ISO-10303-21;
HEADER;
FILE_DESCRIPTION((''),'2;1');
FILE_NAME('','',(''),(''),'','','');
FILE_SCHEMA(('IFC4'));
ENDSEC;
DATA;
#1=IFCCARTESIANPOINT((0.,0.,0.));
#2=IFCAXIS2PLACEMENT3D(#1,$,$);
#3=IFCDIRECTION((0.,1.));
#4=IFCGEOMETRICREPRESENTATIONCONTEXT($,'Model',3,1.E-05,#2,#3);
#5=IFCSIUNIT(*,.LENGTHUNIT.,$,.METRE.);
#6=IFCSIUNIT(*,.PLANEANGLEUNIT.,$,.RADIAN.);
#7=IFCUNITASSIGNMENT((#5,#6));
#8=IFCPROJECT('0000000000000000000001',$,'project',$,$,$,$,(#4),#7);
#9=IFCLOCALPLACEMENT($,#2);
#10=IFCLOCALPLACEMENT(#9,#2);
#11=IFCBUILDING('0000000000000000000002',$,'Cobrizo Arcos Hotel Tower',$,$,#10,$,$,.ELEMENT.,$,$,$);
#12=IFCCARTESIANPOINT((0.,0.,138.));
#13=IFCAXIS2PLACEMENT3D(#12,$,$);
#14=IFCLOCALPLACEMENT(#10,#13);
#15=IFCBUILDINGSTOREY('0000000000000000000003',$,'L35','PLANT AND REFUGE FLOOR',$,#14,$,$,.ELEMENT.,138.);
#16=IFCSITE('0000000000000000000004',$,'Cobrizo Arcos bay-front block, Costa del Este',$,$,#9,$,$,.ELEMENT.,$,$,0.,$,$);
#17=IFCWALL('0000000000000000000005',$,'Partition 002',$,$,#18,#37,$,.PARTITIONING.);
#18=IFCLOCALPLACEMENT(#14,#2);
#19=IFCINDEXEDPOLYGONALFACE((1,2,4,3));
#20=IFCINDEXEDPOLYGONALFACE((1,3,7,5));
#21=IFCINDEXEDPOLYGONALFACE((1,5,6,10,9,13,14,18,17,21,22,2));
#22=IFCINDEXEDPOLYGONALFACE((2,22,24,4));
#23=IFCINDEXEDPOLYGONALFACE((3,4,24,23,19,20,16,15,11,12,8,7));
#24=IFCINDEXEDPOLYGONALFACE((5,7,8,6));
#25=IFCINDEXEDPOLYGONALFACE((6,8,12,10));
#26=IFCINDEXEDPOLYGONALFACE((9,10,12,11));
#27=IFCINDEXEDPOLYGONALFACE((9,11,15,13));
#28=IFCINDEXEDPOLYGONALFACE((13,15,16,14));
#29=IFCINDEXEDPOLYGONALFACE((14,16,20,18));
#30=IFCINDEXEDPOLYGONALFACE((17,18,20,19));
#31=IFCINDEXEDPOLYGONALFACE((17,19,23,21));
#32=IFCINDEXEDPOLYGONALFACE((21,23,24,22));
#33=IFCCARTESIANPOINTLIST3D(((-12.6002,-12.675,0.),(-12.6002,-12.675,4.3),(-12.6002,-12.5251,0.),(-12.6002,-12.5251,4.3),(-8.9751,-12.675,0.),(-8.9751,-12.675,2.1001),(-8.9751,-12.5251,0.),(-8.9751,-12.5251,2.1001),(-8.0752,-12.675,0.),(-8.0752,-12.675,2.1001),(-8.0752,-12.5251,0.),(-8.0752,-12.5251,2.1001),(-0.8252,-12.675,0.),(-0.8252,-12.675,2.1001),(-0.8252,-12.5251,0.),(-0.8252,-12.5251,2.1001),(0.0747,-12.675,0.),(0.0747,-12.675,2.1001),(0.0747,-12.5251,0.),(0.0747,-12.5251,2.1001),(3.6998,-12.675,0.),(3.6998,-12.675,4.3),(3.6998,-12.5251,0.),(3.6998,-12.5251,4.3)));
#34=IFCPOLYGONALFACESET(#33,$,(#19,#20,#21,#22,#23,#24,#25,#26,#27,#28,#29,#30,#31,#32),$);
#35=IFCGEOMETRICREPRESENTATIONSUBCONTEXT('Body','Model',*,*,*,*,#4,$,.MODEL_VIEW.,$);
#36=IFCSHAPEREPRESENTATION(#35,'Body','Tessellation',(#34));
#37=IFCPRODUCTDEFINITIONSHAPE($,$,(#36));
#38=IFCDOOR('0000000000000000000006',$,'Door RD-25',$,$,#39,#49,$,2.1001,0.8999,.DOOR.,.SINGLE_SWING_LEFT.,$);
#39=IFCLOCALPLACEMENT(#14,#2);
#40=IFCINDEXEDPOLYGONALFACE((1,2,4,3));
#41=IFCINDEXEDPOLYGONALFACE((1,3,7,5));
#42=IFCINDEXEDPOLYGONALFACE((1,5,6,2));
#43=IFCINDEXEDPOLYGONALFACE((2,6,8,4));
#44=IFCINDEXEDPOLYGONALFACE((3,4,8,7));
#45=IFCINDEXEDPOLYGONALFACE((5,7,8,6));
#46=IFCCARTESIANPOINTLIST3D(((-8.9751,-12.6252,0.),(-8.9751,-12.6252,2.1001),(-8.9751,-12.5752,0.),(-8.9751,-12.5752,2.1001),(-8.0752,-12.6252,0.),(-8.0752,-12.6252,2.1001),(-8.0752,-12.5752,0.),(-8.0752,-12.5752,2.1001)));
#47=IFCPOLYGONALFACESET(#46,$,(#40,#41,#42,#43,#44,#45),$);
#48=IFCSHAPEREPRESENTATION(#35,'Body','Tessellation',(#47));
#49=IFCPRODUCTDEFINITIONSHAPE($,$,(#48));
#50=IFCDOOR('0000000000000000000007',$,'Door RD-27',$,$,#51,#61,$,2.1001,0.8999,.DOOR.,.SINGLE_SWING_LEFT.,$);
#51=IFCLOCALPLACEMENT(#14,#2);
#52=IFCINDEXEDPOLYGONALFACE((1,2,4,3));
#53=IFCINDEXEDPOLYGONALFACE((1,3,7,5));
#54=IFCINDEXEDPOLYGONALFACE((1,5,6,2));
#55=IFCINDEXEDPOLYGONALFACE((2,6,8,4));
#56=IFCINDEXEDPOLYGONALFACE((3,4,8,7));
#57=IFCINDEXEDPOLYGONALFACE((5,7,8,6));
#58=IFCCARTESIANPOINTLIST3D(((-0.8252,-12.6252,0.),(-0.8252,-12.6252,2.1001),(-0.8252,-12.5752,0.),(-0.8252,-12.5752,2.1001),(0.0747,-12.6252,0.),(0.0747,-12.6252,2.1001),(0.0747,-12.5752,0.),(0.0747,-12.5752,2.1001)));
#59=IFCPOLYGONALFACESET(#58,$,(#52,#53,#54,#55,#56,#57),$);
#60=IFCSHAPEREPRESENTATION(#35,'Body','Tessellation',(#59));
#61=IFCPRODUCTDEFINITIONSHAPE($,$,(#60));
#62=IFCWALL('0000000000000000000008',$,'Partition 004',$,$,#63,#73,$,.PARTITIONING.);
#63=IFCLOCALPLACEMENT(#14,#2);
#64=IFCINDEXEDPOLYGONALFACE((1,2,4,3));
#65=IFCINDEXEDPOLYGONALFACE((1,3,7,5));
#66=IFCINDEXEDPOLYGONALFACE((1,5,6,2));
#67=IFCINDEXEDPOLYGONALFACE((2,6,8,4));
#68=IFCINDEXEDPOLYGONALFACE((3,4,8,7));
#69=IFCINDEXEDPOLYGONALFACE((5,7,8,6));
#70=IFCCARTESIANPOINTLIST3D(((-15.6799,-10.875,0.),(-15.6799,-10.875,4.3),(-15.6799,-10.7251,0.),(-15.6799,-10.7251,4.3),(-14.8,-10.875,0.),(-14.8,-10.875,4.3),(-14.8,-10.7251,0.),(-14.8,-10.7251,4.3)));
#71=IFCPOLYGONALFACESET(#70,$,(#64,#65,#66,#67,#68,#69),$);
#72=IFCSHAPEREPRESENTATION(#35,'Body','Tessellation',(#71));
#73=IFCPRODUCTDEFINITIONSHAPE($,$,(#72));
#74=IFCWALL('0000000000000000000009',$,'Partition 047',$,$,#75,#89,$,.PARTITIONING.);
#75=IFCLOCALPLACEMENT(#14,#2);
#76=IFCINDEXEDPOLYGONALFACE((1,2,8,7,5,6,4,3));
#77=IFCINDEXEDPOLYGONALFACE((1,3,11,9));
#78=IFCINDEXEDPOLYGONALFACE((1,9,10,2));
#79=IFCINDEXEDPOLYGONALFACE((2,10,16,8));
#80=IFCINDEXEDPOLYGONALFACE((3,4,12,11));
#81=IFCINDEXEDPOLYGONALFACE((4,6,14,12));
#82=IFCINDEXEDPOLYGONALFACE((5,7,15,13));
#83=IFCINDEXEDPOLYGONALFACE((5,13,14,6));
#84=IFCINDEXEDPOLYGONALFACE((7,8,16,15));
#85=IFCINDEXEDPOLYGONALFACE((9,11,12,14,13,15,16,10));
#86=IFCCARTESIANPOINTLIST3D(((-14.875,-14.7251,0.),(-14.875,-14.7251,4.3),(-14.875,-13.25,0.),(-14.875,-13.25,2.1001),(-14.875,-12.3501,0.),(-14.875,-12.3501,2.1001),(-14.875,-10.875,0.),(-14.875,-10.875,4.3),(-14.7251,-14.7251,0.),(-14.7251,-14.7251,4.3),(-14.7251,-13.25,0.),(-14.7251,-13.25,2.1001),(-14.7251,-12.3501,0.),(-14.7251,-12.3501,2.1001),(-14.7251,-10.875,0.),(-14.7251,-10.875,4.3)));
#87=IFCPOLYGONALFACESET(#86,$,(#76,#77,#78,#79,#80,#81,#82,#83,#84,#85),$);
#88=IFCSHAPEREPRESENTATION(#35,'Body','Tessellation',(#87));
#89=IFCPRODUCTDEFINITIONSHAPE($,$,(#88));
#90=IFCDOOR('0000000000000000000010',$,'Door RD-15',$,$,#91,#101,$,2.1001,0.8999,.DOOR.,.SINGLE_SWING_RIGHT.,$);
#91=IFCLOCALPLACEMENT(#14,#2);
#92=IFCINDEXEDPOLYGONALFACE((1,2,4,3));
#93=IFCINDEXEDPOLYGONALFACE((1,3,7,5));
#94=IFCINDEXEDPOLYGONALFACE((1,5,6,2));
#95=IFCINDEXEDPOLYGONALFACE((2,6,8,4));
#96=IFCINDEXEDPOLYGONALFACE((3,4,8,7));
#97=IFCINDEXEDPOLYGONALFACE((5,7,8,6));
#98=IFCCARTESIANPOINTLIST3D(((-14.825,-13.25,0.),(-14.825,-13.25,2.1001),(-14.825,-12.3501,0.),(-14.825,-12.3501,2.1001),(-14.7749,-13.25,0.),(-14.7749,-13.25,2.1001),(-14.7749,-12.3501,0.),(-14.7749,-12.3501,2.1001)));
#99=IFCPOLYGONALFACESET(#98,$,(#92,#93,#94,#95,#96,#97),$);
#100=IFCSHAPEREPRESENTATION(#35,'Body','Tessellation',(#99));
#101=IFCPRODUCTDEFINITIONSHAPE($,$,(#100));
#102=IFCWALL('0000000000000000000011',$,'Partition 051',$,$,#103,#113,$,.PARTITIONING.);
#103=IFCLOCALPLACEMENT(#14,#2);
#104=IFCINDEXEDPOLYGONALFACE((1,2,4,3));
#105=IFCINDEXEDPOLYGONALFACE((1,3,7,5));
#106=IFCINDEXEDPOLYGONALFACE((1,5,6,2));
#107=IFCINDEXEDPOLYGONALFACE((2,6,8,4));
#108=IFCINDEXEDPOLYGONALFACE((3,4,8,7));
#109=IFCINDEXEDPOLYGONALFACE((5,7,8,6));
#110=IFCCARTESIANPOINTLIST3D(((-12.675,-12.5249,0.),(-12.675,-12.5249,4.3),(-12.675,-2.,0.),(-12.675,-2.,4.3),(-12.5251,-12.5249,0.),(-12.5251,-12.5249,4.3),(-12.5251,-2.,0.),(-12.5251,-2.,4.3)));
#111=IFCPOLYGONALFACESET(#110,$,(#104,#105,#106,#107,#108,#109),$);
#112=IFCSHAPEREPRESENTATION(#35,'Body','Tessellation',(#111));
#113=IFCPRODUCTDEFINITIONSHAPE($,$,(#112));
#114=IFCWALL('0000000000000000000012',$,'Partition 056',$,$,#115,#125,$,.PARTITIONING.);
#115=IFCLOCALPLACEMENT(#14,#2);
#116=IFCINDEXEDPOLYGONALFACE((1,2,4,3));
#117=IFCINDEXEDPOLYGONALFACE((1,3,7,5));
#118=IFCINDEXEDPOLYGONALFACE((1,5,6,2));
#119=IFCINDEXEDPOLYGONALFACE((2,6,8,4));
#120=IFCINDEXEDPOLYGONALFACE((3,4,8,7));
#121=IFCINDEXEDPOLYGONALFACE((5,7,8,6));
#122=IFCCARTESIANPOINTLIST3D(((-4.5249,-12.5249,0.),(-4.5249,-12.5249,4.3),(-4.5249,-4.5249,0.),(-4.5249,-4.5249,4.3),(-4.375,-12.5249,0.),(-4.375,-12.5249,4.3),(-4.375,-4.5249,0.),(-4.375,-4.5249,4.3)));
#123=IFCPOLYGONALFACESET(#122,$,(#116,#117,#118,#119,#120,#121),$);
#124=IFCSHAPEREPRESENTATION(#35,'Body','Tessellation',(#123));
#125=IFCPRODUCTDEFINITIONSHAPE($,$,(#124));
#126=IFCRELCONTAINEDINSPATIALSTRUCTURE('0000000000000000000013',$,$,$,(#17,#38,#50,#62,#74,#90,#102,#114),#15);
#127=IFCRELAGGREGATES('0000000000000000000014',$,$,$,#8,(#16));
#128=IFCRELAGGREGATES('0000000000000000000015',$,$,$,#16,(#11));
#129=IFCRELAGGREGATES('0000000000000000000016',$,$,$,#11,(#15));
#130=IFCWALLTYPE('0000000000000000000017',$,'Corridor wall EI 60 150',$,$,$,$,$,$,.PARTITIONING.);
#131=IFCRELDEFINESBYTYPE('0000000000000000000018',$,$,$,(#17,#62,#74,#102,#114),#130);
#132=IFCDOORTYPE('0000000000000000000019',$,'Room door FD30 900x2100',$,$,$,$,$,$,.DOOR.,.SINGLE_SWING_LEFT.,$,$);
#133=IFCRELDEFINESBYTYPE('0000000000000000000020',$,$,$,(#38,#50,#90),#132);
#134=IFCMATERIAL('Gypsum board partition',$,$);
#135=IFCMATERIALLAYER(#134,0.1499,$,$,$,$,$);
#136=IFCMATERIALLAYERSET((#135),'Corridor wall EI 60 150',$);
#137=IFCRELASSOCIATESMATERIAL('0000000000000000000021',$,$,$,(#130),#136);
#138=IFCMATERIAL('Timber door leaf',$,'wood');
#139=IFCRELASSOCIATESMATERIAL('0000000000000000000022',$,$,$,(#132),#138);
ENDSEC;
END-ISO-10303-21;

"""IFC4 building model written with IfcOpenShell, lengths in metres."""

from ifc_helpers import new_model, si_unit, direction, frame, frame_2d, origin, place, context, subcontext, project, spatial, rectangle, extrude, material, layer, layer_set, type_object, element, fill, save


model = new_model("IFC4")

# Units and contexts
model_context = context("Model", 3, precision=1e-05, world=origin(), true_north=direction((0.0, 1.0)))
body_context = subcontext(model_context, "Body", "Model", "MODEL_VIEW")
ifc_project = project(units=[si_unit("LENGTHUNIT", "METRE"), si_unit("PLANEANGLEUNIT", "RADIAN")], contexts=[model_context])

# Site, building, storey
site_placement = place(None, origin())
site = spatial("IfcSite", under=ifc_project, at=site_placement, Name="Cobrizo Arcos bay-front block, Costa del Este", CompositionType="ELEMENT", RefElevation=0.0)
building_placement = place(site_placement, origin())
building = spatial("IfcBuilding", under=site, at=building_placement, Name="Cobrizo Arcos Hotel Tower", CompositionType="ELEMENT")
storey_placement = place(building_placement, frame((0.0, 0.0, 138.0)))
storey = spatial("IfcBuildingStorey", under=building, at=storey_placement, Name="L35", Description="PLANT AND REFUGE FLOOR", CompositionType="ELEMENT", Elevation=138.0)

# Wall, openings, doors
ifc_material_1 = material(Name="Gypsum board partition")
ifc_layer_1 = layer(ifc_material_1, 0.1499)
ifc_layer_set_1 = layer_set([ifc_layer_1], Name="Corridor wall EI 60 150")
wall_type_1 = type_object("IfcWallType", Name="Corridor wall EI 60 150", PredefinedType="PARTITIONING", material=ifc_layer_set_1)
ifc_material_2 = material(Name="Timber door leaf", Category="wood")
door_type_1 = type_object("IfcDoorType", Name="Room door FD30 900x2100", OperationType="SINGLE_SWING_LEFT", PredefinedType="DOOR", material=ifc_material_2)
wall_1_placement = place(storey_placement, frame((-12.6001, -12.6001, 0.0), z_axis=(0.0, 0.0, 1.0), x_axis=(1.0, 0.0, 0.0)))
wall_1 = element("IfcWall", 1, at=wall_1_placement, inside=storey, type_object=wall_type_1, Name="Partition 002", PredefinedType="PARTITIONING", context=body_context, shape_type="SweptSolid", body=[
    extrude(rectangle(XDim=16.3, YDim=0.1499, at=frame_2d((8.1499, 0.0))), origin(), (0.0, 0.0, 1.0), 4.3),
])
opening_1_placement = place(wall_1_placement, frame((3.625, 0.0, 0.0)))
opening_1 = element("IfcOpeningElement", 2, at=opening_1_placement, cuts=wall_1, PredefinedType="OPENING", context=body_context, shape_type="SweptSolid", body=[
    extrude(rectangle(XDim=0.8999, YDim=2.1001, at=frame_2d((0.45, 1.05))), frame((0.0, 0.0869, 0.0), z_axis=(0.0, -1.0, 0.0), x_axis=(1.0, 0.0, 0.0)), (0.0, 0.0, 1.0), 0.1738),
])
opening_2_placement = place(wall_1_placement, frame((11.7749, 0.0, 0.0)))
opening_2 = element("IfcOpeningElement", 3, at=opening_2_placement, cuts=wall_1, PredefinedType="OPENING", context=body_context, shape_type="SweptSolid", body=[
    extrude(rectangle(XDim=0.8999, YDim=2.1001, at=frame_2d((0.45, 1.05))), frame((0.0, 0.0869, 0.0), z_axis=(0.0, -1.0, 0.0), x_axis=(1.0, 0.0, 0.0)), (0.0, 0.0, 1.0), 0.1738),
])
door_1_placement = place(opening_1_placement, origin())
door_1 = element("IfcDoor", 4, at=door_1_placement, inside=storey, type_object=door_type_1, Name="Door RD-25", OperationType="SINGLE_SWING_LEFT", OverallHeight=2.1001, OverallWidth=0.8999, PredefinedType="DOOR", context=body_context, shape_type="SweptSolid", body=[
    extrude(rectangle(XDim=0.8999, YDim=2.1001, at=frame_2d((0.45, 1.05))), frame((0.0, 0.0249, 0.0), z_axis=(0.0, -1.0, 0.0), x_axis=(1.0, 0.0, 0.0)), (0.0, 0.0, 1.0), 0.05),
])
fill(opening_1, door_1)
door_2_placement = place(opening_2_placement, origin())
door_2 = element("IfcDoor", 5, at=door_2_placement, inside=storey, type_object=door_type_1, Name="Door RD-27", OperationType="SINGLE_SWING_LEFT", OverallHeight=2.1001, OverallWidth=0.8999, PredefinedType="DOOR", context=body_context, shape_type="SweptSolid", body=[
    extrude(rectangle(XDim=0.8999, YDim=2.1001, at=frame_2d((0.45, 1.05))), frame((0.0, 0.0249, 0.0), z_axis=(0.0, -1.0, 0.0), x_axis=(1.0, 0.0, 0.0)), (0.0, 0.0, 1.0), 0.05),
])
fill(opening_2, door_2)

# Wall
wall_2_placement = place(storey_placement, frame((-15.6799, -10.8, 0.0), z_axis=(0.0, 0.0, 1.0), x_axis=(1.0, 0.0, 0.0)))
element("IfcWall", 6, at=wall_2_placement, inside=storey, type_object=wall_type_1, Name="Partition 004", PredefinedType="PARTITIONING", context=body_context, shape_type="SweptSolid", body=[
    extrude(rectangle(XDim=0.8799, YDim=0.1499, at=frame_2d((0.4399, 0.0))), origin(), (0.0, 0.0, 1.0), 4.3),
])

# Wall, opening, door
wall_3_placement = place(storey_placement, frame((-14.8, -14.7251, 0.0), z_axis=(0.0, 0.0, 1.0), x_axis=(0.0, 1.0, 0.0)))
wall_3 = element("IfcWall", 7, at=wall_3_placement, inside=storey, type_object=wall_type_1, Name="Partition 047", PredefinedType="PARTITIONING", context=body_context, shape_type="SweptSolid", body=[
    extrude(rectangle(XDim=3.8501, YDim=0.1499, at=frame_2d((1.925, 0.0))), origin(), (0.0, 0.0, 1.0), 4.3),
])
opening_3_placement = place(wall_3_placement, frame((1.4751, 0.0, 0.0)))
opening_3 = element("IfcOpeningElement", 8, at=opening_3_placement, cuts=wall_3, PredefinedType="OPENING", context=body_context, shape_type="SweptSolid", body=[
    extrude(rectangle(XDim=0.8999, YDim=2.1001, at=frame_2d((0.45, 1.05))), frame((0.0, 0.0869, 0.0), z_axis=(0.0, -1.0, 0.0), x_axis=(1.0, 0.0, 0.0)), (0.0, 0.0, 1.0), 0.1738),
])
door_3_placement = place(opening_3_placement, origin())
door_3 = element("IfcDoor", 9, at=door_3_placement, inside=storey, type_object=door_type_1, Name="Door RD-15", OperationType="SINGLE_SWING_RIGHT", OverallHeight=2.1001, OverallWidth=0.8999, PredefinedType="DOOR", context=body_context, shape_type="SweptSolid", body=[
    extrude(rectangle(XDim=0.8999, YDim=2.1001, at=frame_2d((0.45, 1.05))), frame((0.0, 0.0249, 0.0), z_axis=(0.0, -1.0, 0.0), x_axis=(1.0, 0.0, 0.0)), (0.0, 0.0, 1.0), 0.05),
])
fill(opening_3, door_3)

# Walls
wall_4_placement = place(storey_placement, frame((-12.6001, -12.5249, 0.0), z_axis=(0.0, 0.0, 1.0), x_axis=(0.0, 1.0, 0.0)))
element("IfcWall", 10, at=wall_4_placement, inside=storey, type_object=wall_type_1, Name="Partition 051", PredefinedType="PARTITIONING", context=body_context, shape_type="SweptSolid", body=[
    extrude(rectangle(XDim=10.5249, YDim=0.1499, at=frame_2d((5.2625, 0.0))), origin(), (0.0, 0.0, 1.0), 4.3),
])
wall_5_placement = place(storey_placement, frame((-4.45, -12.5249, 0.0), z_axis=(0.0, 0.0, 1.0), x_axis=(0.0, 1.0, 0.0)))
element("IfcWall", 11, at=wall_5_placement, inside=storey, type_object=wall_type_1, Name="Partition 056", PredefinedType="PARTITIONING", context=body_context, shape_type="SweptSolid", body=[
    extrude(rectangle(XDim=8.0, YDim=0.1499, at=frame_2d((4.0, 0.0))), origin(), (0.0, 0.0, 1.0), 4.3),
])

save(model, "model.ifc")
